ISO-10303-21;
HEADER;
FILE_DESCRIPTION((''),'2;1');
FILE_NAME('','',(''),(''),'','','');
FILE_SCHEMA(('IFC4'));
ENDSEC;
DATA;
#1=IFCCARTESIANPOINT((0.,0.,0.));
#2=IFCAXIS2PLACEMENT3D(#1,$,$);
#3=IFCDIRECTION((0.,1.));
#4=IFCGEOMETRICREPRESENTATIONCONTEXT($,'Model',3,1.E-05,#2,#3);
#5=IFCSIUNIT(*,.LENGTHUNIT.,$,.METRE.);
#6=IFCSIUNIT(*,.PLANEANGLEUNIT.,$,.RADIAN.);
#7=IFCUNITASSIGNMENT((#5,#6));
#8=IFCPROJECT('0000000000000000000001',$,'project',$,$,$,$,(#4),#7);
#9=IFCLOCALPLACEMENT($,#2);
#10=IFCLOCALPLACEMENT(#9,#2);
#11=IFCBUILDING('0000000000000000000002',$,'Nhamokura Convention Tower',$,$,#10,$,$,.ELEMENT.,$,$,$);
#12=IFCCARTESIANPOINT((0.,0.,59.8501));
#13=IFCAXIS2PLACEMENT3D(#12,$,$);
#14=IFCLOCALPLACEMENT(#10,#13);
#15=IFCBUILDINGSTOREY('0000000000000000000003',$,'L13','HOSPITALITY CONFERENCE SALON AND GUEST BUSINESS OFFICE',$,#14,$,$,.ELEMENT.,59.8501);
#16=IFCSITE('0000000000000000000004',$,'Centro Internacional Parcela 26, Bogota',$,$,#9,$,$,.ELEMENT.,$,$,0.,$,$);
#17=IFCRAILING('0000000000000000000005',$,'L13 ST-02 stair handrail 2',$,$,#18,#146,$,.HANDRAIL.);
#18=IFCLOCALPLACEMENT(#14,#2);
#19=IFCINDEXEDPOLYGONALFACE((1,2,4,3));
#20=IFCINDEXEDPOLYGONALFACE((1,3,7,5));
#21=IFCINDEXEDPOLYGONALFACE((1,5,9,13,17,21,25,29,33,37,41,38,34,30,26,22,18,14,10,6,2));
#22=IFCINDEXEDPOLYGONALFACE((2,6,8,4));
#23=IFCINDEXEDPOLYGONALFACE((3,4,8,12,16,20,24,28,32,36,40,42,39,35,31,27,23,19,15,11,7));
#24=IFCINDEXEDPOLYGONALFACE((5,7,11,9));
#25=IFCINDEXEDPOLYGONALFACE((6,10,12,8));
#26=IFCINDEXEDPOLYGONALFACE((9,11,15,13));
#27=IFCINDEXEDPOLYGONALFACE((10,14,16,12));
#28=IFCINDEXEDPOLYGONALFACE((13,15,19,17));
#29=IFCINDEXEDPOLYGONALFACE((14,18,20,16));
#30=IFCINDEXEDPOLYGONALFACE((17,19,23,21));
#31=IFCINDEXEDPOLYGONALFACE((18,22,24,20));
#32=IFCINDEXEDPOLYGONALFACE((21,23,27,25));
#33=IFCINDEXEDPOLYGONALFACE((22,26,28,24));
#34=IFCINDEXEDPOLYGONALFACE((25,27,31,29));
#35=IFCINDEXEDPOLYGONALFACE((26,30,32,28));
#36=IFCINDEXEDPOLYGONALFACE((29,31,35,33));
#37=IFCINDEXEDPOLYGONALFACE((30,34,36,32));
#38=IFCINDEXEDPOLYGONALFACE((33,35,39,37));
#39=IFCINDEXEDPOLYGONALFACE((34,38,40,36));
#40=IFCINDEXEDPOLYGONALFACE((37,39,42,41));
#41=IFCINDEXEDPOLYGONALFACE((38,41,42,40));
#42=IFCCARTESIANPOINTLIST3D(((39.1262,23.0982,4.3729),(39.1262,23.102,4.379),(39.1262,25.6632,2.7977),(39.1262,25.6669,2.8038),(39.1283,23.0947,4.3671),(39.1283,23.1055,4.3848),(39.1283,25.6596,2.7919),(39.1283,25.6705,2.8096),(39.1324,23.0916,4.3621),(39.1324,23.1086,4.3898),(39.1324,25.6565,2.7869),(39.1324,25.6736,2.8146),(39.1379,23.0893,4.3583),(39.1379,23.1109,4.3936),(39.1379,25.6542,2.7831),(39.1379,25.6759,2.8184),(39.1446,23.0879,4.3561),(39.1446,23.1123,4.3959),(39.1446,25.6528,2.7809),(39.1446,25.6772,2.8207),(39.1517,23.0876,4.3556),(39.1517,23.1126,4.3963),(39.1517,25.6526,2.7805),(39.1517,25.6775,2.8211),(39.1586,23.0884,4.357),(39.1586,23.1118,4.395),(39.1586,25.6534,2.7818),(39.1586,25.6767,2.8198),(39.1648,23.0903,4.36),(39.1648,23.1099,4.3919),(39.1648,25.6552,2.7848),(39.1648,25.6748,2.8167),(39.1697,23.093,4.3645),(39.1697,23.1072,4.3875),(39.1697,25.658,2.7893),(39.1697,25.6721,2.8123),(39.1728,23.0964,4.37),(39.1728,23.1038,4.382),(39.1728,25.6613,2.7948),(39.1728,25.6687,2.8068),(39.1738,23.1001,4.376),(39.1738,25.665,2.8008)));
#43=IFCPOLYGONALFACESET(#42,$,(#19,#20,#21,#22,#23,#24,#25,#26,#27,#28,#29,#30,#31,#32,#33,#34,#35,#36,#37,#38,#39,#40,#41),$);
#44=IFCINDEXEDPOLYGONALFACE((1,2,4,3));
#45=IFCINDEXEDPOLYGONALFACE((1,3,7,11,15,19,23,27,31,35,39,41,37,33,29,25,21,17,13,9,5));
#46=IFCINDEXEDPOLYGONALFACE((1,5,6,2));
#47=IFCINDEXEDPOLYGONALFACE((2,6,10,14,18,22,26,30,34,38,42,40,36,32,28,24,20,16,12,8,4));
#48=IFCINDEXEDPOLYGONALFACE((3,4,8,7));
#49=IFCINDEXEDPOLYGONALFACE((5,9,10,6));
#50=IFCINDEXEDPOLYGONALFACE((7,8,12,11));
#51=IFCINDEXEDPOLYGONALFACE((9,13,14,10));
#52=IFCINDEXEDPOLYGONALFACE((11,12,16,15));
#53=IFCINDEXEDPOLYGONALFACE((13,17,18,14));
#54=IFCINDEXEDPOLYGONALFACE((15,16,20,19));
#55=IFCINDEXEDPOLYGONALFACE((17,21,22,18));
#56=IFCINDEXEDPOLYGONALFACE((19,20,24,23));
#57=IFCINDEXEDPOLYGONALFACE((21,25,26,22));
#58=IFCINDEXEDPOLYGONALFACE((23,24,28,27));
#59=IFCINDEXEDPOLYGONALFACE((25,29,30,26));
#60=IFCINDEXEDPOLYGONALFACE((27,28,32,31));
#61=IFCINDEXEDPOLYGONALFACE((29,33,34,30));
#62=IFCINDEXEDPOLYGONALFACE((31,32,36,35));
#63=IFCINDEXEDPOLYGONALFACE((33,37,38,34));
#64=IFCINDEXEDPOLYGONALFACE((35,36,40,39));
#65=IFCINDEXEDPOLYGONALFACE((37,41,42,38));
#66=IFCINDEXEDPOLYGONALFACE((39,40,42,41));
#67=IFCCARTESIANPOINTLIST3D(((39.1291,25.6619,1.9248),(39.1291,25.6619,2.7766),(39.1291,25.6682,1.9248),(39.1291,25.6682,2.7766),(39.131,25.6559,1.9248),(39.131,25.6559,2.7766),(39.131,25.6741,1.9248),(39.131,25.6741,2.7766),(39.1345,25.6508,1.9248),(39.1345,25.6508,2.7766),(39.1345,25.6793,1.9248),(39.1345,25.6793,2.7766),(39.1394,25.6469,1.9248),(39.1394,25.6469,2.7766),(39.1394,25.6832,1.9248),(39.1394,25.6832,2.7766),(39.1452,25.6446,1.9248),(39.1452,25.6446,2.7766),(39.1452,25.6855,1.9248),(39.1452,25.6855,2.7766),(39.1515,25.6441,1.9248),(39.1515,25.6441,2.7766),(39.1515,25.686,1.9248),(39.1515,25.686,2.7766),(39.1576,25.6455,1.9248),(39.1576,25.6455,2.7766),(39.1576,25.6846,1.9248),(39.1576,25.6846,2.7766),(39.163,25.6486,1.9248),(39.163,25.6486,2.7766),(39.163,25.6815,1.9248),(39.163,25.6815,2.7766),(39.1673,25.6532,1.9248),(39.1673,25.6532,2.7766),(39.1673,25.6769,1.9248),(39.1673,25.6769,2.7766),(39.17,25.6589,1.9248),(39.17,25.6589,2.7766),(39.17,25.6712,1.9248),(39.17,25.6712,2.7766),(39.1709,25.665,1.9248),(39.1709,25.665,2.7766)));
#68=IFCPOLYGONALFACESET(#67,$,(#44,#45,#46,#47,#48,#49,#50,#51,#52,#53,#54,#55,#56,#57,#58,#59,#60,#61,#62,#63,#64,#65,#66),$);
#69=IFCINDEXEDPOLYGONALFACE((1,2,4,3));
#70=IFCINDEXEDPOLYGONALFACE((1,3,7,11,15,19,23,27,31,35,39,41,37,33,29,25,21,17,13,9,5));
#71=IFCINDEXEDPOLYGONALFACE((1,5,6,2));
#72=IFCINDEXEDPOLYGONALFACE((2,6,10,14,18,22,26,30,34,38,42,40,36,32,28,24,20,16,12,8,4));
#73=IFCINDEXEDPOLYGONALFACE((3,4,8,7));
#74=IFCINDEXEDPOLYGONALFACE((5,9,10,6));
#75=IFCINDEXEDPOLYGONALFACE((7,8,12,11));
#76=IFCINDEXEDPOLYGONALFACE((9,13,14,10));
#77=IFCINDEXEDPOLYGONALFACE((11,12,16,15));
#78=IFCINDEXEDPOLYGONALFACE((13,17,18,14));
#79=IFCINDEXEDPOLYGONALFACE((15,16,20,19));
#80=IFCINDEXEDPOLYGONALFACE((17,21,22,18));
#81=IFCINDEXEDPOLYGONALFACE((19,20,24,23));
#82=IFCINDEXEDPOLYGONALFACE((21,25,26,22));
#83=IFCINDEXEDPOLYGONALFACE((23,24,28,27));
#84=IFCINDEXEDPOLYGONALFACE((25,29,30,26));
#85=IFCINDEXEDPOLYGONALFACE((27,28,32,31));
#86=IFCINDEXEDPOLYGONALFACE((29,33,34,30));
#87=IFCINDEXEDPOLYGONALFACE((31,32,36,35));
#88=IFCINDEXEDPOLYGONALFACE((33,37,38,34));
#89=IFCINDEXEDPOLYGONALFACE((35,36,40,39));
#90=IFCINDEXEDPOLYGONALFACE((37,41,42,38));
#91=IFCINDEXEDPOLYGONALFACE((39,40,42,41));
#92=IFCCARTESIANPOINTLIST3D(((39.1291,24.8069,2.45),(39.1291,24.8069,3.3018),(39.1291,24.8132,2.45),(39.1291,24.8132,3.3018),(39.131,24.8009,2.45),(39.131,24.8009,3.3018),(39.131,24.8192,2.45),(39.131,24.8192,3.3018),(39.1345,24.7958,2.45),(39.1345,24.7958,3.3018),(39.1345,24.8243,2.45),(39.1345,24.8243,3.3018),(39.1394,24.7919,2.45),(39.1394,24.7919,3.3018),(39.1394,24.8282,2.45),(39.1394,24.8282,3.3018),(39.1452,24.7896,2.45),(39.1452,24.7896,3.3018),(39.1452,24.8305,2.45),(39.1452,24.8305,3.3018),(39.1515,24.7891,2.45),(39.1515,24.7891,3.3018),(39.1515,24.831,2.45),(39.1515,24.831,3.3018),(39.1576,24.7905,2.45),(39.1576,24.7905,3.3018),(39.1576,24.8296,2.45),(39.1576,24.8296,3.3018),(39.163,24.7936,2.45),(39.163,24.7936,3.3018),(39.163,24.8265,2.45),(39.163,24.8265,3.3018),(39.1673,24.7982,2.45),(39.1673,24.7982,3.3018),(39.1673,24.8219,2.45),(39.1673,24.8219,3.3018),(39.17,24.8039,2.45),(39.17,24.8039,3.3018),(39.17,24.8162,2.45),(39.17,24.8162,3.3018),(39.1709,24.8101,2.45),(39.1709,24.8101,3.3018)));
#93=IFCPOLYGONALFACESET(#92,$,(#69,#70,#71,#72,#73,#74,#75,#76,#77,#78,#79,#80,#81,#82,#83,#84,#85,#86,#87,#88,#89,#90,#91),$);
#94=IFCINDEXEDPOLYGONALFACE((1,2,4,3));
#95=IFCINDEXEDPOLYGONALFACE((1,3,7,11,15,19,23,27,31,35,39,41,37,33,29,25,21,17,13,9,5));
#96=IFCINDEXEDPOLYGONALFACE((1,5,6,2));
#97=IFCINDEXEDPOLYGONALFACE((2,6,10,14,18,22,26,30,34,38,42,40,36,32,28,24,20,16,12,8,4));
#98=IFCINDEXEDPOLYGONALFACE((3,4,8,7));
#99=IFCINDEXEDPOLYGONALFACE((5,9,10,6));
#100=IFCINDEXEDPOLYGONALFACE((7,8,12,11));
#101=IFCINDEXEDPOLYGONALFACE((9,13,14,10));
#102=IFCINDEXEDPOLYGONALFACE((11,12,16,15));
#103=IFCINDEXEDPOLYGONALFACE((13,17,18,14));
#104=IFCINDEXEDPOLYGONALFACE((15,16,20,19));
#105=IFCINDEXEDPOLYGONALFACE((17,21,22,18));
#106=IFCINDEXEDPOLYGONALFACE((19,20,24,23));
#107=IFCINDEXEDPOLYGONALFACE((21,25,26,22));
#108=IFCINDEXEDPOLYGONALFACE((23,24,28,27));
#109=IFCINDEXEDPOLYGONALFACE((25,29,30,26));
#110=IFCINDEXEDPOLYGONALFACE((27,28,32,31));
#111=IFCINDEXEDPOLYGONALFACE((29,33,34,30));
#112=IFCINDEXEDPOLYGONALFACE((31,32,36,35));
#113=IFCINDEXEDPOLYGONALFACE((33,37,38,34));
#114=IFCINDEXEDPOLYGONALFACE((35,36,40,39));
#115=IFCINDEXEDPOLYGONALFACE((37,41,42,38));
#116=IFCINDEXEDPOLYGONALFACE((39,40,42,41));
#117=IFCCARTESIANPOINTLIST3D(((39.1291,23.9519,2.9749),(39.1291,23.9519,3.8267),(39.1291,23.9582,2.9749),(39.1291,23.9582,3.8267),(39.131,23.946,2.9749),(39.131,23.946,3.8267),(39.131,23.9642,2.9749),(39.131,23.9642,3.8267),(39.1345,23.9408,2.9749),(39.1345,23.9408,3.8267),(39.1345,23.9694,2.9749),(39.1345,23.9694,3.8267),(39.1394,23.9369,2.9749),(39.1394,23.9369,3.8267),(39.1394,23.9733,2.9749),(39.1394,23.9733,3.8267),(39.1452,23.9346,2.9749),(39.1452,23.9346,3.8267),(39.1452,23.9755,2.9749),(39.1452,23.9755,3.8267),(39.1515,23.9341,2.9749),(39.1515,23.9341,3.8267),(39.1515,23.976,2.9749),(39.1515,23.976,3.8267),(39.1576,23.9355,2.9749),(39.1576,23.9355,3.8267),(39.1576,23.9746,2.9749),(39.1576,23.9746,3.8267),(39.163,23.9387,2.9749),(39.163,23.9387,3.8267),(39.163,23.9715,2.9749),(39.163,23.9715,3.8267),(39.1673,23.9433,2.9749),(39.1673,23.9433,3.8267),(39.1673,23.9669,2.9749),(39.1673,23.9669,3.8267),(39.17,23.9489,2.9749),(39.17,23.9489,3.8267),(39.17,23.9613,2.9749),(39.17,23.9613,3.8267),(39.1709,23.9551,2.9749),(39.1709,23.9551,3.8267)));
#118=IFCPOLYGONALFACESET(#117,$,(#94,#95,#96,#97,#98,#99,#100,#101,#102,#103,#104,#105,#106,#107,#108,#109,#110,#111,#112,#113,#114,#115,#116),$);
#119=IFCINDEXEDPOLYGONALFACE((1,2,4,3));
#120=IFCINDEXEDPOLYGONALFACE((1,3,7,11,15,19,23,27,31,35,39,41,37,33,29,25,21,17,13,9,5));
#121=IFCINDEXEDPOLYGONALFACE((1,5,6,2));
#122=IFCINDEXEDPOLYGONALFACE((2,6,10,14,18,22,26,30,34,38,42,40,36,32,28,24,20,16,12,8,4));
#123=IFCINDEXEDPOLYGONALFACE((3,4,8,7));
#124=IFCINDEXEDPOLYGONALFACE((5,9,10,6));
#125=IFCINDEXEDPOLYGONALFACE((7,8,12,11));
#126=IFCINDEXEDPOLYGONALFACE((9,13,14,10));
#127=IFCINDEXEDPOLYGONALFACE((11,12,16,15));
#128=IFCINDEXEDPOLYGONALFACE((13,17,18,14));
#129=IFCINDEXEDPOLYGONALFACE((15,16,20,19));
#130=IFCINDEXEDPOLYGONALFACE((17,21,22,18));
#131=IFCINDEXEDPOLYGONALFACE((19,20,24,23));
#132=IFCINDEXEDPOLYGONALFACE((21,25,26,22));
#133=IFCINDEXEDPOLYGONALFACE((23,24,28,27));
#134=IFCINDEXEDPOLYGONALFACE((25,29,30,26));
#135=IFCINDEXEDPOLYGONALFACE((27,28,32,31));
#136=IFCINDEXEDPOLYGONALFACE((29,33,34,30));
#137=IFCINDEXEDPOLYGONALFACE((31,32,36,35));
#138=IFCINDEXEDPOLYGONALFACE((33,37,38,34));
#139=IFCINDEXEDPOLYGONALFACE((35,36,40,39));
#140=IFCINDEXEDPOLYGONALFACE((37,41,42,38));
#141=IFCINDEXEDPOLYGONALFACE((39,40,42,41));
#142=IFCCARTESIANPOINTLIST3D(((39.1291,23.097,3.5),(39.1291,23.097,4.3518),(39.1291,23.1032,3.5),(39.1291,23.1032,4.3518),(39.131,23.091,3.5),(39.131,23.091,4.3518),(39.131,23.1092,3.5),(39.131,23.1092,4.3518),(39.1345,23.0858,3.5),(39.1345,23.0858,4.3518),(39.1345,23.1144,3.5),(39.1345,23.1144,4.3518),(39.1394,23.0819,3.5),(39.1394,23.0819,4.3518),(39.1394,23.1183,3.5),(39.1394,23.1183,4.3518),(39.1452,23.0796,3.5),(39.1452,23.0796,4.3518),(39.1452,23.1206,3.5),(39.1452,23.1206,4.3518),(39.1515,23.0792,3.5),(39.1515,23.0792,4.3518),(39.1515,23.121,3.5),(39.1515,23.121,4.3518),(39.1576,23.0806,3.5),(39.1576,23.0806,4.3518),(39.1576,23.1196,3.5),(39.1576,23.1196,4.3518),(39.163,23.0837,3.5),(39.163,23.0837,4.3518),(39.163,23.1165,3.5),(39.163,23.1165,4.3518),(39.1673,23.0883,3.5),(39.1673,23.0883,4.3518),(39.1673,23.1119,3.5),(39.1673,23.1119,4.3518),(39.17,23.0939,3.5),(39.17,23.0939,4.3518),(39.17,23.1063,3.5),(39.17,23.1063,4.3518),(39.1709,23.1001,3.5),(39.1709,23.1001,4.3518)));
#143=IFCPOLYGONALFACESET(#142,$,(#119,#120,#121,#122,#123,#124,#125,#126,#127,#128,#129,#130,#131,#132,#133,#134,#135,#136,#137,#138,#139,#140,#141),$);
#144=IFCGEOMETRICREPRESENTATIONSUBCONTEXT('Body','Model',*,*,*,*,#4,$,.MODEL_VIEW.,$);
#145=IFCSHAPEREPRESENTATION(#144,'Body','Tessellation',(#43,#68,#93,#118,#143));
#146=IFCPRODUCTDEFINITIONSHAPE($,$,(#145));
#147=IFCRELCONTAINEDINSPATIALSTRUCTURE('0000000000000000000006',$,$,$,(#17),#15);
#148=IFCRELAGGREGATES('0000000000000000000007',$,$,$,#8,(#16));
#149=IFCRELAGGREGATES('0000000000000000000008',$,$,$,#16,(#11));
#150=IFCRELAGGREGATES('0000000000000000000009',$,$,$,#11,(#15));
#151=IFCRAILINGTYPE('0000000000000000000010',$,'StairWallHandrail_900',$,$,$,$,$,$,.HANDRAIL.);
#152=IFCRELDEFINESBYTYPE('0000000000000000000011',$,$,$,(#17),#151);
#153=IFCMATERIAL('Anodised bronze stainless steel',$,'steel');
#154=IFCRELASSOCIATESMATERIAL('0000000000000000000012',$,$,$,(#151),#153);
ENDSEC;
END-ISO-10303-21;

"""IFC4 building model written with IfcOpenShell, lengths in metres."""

from ifc_helpers import new_model, si_unit, direction, frame, origin, origin_2d, place, context, subcontext, project, spatial, circle, extrude, material, type_object, element, save


model = new_model("IFC4")

# Units and contexts
model_context = context("Model", 3, precision=1e-05, world=origin(), true_north=direction((0.0, 1.0)))
body_context = subcontext(model_context, "Body", "Model", "MODEL_VIEW")
ifc_project = project(units=[si_unit("LENGTHUNIT", "METRE"), si_unit("PLANEANGLEUNIT", "RADIAN")], contexts=[model_context])

# Site, building, storey
site_placement = place(None, origin())
site = spatial("IfcSite", under=ifc_project, at=site_placement, Name="Centro Internacional Parcela 26, Bogota", CompositionType="ELEMENT", RefElevation=0.0)
building_placement = place(site_placement, origin())
building = spatial("IfcBuilding", under=site, at=building_placement, Name="Nhamokura Convention Tower", CompositionType="ELEMENT")
storey_placement = place(building_placement, frame((0.0, 0.0, 59.8501)))
storey = spatial("IfcBuildingStorey", under=building, at=storey_placement, Name="L13", Description="HOSPITALITY CONFERENCE SALON AND GUEST BUSINESS OFFICE", CompositionType="ELEMENT", Elevation=59.8501)

# Railing
ifc_material_1 = material(Name="Anodised bronze stainless steel", Category="steel")
railing_type_1 = type_object("IfcRailingType", Name="StairWallHandrail_900", PredefinedType="HANDRAIL", material=ifc_material_1)
railing_1_placement = place(storey_placement, frame((39.1499, 25.665, 1.9248)))
element("IfcRailing", 1, at=railing_1_placement, inside=storey, type_object=railing_type_1, Name="L13 ST-02 stair handrail 2", PredefinedType="HANDRAIL", context=body_context, shape_type="SweptSolid", body=[
    extrude(circle(Radius=0.0239, at=origin_2d()), frame((0.0, 0.0, 0.876), z_axis=(0.0, -0.852137, 0.523319), x_axis=(1.0, 0.0, 0.0)), (0.0, 0.0, 1.0), 3.01),
    extrude(circle(Radius=0.021, at=origin_2d()), origin(), (0.0, 0.0, 1.0), 0.8518),
    extrude(circle(Radius=0.021, at=origin_2d()), frame((0.0, -0.855, 0.5251)), (0.0, 0.0, 1.0), 0.8518),
    extrude(circle(Radius=0.021, at=origin_2d()), frame((0.0, -1.71, 1.05)), (0.0, 0.0, 1.0), 0.8518),
    extrude(circle(Radius=0.021, at=origin_2d()), frame((0.0, -2.5649, 1.5752)), (0.0, 0.0, 1.0), 0.8518),
])

save(model, "model.ifc")
